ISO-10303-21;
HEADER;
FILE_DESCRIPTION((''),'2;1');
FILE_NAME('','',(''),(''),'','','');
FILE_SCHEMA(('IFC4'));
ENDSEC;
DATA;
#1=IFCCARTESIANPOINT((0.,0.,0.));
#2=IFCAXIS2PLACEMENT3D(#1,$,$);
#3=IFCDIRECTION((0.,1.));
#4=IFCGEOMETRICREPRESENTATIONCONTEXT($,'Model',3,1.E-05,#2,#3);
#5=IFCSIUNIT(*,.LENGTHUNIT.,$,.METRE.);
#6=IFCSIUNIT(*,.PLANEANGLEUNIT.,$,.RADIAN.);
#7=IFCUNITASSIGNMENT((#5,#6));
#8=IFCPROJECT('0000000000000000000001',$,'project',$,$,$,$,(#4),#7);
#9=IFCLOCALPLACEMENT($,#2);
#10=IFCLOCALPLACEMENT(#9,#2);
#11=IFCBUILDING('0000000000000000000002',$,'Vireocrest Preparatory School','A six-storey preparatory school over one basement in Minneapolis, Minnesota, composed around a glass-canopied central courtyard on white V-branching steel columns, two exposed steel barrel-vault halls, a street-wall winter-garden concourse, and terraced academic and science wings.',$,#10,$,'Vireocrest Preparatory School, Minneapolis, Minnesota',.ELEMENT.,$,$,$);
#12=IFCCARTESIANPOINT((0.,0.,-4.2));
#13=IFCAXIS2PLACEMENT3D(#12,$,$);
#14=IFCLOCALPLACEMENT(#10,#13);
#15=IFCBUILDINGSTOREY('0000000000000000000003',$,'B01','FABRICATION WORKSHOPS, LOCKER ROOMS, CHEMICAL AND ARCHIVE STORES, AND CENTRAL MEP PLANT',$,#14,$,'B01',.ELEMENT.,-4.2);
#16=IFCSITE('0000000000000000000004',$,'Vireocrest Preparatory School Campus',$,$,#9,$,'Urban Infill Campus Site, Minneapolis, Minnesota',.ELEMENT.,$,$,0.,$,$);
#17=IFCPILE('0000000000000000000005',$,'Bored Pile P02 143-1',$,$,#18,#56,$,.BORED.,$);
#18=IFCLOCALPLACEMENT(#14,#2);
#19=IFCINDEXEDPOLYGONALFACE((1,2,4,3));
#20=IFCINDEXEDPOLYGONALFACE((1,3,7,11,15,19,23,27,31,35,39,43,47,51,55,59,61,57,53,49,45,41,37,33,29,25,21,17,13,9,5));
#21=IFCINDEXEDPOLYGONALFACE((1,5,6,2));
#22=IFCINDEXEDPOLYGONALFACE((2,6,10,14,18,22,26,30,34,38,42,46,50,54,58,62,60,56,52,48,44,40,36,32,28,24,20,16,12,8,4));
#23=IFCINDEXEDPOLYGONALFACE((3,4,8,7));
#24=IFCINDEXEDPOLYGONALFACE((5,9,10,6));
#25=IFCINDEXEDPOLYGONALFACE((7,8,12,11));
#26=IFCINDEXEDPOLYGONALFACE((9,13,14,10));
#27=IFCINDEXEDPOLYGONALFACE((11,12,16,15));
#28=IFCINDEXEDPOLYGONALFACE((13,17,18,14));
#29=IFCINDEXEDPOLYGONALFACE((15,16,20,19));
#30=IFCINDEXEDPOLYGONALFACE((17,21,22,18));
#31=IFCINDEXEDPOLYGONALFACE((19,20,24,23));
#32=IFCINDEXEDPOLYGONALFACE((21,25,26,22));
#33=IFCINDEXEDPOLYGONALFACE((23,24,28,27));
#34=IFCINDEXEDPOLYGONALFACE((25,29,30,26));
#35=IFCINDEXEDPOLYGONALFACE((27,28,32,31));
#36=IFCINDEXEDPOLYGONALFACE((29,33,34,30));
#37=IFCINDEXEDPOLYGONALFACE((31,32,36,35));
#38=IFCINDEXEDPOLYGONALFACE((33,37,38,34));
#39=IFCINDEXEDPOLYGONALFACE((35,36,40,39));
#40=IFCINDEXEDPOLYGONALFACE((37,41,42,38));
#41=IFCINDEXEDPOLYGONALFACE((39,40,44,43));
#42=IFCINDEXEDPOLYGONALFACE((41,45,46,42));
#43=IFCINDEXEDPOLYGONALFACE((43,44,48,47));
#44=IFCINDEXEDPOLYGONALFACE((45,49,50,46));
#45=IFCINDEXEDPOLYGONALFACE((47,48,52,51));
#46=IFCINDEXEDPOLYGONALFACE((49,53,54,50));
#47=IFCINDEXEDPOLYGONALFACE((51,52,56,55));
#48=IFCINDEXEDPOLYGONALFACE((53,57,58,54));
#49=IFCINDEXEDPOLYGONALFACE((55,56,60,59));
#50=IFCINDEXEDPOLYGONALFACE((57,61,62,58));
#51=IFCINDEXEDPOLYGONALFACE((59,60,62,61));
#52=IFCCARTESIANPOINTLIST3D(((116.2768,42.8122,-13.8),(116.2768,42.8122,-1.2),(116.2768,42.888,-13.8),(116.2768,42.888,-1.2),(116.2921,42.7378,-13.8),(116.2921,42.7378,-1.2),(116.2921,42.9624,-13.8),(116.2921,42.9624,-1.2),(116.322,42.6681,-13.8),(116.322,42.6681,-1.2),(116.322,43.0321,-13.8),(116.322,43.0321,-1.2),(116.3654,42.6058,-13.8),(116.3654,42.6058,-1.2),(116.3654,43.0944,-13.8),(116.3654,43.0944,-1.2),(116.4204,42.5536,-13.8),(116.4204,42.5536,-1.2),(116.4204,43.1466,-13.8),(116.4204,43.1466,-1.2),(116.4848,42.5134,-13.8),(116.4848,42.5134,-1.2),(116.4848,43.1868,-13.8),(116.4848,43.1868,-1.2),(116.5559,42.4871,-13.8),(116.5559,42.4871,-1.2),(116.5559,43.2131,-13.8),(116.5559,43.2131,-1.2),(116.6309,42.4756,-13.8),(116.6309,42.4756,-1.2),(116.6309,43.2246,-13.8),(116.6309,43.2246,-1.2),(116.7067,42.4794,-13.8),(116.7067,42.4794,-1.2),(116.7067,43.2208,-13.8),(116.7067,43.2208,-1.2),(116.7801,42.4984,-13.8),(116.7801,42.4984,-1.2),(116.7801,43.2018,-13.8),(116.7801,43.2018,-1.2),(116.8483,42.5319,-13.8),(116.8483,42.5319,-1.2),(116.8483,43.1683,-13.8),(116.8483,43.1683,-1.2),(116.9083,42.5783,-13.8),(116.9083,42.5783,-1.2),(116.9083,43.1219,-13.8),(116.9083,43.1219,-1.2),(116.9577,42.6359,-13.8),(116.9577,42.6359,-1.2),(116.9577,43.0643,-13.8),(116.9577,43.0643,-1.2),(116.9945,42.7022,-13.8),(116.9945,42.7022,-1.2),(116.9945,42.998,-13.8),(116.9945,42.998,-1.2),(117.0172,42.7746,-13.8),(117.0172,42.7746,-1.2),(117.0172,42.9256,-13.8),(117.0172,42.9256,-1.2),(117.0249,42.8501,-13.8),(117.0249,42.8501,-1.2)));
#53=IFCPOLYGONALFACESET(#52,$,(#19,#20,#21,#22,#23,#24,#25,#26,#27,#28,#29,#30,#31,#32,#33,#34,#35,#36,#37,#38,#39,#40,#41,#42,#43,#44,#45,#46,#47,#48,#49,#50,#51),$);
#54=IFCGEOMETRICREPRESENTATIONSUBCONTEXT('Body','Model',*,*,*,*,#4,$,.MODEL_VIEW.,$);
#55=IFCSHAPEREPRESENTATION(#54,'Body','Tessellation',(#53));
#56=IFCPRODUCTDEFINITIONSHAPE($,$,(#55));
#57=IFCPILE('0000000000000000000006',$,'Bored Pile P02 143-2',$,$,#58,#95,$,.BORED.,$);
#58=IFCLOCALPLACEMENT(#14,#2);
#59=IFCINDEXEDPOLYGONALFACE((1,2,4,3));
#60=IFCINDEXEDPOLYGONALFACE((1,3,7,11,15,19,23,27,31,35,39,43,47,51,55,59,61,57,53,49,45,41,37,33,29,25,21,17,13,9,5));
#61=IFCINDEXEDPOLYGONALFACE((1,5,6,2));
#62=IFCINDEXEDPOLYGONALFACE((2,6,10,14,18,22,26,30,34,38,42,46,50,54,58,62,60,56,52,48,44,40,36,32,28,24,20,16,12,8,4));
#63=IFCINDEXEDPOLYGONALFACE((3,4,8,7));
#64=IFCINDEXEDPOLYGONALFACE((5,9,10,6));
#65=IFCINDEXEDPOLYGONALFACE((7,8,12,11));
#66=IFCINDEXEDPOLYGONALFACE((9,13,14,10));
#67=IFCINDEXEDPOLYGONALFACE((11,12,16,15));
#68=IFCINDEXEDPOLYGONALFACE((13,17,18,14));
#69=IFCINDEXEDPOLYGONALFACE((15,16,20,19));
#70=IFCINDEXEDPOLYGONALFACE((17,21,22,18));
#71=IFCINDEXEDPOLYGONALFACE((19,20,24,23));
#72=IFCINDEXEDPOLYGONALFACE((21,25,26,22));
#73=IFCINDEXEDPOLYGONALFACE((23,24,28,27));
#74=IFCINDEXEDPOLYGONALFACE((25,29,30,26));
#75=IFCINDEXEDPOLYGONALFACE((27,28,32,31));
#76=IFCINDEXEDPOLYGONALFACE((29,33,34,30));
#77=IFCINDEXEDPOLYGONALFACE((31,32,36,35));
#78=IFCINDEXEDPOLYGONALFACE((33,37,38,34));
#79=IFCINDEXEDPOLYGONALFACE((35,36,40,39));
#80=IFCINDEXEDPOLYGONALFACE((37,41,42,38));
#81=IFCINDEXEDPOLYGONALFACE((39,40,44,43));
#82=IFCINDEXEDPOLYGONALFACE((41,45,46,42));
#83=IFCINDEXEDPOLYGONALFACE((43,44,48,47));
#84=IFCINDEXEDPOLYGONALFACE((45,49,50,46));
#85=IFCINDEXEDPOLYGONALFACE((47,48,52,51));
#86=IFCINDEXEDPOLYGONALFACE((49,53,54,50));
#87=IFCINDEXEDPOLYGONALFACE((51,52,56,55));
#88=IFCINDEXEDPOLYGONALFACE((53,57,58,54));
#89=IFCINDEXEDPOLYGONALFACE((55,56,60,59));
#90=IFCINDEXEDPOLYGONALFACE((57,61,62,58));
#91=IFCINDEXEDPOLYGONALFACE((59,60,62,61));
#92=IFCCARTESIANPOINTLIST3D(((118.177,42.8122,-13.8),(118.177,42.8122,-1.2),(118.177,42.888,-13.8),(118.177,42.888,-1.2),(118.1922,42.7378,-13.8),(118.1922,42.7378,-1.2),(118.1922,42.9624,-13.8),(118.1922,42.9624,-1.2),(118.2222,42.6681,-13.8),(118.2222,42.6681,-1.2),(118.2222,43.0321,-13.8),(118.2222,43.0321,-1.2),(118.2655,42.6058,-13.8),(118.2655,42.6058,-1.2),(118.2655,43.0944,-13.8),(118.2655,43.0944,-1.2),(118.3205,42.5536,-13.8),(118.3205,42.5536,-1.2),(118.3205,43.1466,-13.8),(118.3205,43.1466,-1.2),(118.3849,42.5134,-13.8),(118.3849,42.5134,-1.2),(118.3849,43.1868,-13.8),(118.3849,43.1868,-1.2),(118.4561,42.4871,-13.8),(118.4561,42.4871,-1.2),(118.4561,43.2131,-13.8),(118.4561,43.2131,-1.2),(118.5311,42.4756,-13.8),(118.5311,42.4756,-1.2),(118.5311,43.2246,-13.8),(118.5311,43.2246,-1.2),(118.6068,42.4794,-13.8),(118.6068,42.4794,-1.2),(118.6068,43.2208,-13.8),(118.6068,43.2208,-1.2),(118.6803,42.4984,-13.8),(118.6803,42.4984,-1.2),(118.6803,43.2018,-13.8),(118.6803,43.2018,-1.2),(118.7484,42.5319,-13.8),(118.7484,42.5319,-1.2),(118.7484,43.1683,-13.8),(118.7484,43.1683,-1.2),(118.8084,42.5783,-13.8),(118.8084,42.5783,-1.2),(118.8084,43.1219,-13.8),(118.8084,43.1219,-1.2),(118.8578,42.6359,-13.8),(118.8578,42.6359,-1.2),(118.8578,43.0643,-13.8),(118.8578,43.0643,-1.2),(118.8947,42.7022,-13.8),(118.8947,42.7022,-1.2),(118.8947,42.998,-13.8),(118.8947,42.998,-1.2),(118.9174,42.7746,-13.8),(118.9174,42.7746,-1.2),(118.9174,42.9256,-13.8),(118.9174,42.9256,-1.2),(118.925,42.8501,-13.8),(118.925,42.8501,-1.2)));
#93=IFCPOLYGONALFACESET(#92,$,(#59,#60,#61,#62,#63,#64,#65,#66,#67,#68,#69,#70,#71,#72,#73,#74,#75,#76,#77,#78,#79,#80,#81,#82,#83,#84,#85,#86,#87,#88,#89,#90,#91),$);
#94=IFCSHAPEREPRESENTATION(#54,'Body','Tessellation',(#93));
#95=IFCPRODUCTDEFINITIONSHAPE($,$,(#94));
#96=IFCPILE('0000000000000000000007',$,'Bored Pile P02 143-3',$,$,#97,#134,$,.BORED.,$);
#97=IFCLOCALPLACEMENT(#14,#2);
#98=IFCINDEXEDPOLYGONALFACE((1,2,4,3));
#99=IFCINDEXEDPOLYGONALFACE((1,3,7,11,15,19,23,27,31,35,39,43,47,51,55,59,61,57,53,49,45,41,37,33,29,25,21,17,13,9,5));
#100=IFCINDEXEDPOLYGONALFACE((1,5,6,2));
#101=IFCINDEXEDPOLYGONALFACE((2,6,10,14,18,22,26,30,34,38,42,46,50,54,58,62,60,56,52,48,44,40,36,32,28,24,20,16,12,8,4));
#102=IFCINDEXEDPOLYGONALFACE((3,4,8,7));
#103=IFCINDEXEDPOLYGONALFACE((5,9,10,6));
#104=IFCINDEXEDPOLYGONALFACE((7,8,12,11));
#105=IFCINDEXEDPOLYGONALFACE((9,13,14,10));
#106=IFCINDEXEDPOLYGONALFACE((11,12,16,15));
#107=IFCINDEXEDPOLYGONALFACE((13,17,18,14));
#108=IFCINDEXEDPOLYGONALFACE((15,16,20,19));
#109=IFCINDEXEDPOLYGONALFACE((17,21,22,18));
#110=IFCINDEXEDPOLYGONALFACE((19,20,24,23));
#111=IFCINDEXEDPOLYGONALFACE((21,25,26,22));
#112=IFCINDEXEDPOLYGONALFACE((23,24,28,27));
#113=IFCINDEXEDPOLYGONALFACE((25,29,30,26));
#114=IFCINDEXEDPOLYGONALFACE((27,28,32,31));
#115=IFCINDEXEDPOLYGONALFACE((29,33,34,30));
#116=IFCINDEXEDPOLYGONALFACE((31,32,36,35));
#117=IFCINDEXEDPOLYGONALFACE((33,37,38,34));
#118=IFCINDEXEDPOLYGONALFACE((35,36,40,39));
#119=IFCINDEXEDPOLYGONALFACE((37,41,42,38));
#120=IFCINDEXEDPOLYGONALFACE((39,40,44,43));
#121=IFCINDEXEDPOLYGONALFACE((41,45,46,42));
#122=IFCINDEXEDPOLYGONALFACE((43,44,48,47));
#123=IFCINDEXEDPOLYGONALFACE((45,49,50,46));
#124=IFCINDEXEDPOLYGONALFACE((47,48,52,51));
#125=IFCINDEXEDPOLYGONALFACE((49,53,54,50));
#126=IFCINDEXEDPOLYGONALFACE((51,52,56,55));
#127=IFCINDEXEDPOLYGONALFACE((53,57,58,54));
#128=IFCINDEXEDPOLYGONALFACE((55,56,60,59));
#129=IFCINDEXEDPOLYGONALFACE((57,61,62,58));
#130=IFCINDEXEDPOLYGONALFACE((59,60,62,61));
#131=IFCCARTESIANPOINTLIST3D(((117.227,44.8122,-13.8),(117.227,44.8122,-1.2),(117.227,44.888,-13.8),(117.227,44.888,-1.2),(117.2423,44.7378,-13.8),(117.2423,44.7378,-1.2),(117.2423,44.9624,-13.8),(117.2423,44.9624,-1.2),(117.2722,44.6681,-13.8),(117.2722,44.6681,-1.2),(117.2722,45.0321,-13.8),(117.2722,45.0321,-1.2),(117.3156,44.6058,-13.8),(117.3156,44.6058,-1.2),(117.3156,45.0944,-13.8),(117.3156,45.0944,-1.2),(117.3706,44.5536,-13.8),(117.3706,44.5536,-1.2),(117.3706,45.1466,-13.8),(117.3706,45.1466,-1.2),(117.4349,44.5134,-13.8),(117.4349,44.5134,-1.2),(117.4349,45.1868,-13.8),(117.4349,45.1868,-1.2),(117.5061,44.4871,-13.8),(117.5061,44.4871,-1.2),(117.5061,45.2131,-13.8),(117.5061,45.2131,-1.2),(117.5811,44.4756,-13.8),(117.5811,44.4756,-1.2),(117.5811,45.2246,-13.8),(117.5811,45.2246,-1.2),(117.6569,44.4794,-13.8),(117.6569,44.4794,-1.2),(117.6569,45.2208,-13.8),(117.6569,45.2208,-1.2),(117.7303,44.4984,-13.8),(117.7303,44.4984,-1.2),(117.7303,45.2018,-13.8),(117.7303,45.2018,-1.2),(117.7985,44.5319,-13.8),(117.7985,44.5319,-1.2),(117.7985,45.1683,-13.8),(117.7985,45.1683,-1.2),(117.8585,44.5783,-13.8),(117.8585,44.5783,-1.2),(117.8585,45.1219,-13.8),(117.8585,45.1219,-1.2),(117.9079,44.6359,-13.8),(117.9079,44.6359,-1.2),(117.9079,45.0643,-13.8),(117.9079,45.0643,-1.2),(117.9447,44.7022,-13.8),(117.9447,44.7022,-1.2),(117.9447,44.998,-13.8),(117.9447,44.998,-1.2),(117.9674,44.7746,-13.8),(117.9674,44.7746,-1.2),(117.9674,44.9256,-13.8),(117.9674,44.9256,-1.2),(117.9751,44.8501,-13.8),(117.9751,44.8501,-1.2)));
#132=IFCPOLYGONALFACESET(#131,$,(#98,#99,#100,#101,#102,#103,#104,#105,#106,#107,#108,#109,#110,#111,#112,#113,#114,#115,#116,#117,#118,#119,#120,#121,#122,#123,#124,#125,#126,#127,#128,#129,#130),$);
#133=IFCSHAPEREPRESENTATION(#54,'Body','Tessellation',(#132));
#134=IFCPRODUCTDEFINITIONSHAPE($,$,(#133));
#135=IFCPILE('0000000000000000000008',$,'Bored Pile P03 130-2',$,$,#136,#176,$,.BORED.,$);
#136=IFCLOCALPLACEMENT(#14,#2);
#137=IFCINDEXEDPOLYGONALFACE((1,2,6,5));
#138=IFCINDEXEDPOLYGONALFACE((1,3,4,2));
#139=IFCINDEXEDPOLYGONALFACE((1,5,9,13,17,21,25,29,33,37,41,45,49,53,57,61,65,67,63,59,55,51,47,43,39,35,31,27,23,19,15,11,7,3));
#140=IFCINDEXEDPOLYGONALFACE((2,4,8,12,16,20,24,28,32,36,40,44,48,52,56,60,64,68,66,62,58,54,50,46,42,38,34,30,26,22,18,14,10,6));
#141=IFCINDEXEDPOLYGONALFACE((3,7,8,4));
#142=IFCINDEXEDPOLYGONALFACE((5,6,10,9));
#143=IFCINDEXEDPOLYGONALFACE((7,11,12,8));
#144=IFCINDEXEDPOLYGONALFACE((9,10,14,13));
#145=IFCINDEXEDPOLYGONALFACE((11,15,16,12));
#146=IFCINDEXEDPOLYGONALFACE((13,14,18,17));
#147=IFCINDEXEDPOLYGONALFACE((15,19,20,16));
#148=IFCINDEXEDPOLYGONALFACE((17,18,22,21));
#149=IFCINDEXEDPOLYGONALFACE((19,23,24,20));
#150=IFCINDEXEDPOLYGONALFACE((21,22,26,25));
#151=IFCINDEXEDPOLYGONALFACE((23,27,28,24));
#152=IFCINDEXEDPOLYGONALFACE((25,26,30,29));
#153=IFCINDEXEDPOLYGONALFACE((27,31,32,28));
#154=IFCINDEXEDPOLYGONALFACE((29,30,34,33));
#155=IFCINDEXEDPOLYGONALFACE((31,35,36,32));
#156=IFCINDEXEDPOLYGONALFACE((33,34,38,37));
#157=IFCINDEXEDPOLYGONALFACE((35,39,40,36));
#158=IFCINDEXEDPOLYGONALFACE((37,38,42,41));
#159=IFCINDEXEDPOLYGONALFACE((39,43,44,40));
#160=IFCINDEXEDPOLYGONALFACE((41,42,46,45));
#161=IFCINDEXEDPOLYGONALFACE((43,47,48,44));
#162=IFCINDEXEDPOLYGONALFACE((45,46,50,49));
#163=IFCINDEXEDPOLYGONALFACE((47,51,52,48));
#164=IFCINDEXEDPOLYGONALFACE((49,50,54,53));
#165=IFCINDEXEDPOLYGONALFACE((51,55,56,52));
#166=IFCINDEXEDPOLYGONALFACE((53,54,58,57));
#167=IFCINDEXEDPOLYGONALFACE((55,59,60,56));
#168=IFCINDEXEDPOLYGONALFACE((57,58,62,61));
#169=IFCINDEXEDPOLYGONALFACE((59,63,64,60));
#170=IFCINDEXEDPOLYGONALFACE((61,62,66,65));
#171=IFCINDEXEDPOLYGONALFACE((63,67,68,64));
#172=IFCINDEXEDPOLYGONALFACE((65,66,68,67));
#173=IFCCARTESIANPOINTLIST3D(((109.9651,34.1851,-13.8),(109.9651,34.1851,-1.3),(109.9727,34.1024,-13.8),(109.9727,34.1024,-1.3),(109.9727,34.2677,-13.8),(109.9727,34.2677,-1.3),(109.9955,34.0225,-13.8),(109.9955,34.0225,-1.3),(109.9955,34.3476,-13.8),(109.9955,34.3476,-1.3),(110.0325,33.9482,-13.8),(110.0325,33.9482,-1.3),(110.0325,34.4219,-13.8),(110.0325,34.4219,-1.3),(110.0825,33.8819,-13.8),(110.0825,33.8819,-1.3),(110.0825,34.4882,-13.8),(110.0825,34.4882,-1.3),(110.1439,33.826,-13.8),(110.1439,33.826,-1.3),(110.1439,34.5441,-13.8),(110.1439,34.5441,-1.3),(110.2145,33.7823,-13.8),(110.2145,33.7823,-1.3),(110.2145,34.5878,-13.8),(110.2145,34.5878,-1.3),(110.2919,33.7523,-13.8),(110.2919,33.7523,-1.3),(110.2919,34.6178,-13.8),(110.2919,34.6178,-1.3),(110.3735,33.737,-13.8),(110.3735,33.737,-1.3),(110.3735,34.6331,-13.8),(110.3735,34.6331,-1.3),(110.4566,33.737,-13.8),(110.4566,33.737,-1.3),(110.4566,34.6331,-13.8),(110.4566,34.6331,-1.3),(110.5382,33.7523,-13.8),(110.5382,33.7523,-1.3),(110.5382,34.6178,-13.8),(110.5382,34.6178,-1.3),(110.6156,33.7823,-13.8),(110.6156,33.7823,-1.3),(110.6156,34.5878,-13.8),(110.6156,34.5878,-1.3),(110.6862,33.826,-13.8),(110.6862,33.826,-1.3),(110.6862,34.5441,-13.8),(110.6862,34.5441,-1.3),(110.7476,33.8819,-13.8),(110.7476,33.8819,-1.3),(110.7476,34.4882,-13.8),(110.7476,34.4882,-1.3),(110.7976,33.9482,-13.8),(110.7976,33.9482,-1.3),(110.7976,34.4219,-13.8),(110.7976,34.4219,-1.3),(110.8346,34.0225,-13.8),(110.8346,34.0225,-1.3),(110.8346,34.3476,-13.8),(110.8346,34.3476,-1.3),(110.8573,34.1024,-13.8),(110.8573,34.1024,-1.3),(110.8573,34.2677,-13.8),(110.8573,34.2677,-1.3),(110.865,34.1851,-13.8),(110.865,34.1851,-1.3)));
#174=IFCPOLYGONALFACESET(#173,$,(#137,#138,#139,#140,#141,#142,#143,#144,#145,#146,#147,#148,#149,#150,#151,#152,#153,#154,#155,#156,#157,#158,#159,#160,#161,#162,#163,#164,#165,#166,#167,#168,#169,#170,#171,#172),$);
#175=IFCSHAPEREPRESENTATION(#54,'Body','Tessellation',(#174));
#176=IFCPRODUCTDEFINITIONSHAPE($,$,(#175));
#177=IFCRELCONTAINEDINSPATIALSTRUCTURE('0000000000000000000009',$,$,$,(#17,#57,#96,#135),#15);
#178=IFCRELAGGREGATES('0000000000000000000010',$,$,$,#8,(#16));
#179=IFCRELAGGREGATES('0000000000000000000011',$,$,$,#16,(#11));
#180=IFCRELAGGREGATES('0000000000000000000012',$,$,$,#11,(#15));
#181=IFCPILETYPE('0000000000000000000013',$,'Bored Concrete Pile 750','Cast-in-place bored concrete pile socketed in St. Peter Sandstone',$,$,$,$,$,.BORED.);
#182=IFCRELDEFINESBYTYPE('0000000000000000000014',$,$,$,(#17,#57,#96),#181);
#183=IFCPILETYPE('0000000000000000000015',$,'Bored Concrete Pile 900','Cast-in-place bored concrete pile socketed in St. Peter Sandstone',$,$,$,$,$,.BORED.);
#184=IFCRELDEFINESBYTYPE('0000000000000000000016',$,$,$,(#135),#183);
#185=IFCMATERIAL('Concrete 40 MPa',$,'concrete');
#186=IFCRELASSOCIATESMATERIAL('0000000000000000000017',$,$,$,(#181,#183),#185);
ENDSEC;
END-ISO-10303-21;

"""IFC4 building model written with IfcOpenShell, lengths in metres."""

from ifc_helpers import new_model, si_unit, direction, frame, origin, origin_2d, place, context, subcontext, project, spatial, circle, extrude, material, material_profile, profile_set, type_object, element, save


model = new_model("IFC4")

# Units and contexts
model_context = context("Model", 3, precision=1e-05, world=origin(), true_north=direction((0.0, 1.0)))
body_context = subcontext(model_context, "Body", "Model", "MODEL_VIEW")
ifc_project = project(units=[si_unit("LENGTHUNIT", "METRE"), si_unit("PLANEANGLEUNIT", "RADIAN")], contexts=[model_context])

# Site, building, storey
site_placement = place(None, origin())
site = spatial("IfcSite", under=ifc_project, at=site_placement, Name="Vireocrest Preparatory School Campus", LongName="Urban Infill Campus Site, Minneapolis, Minnesota", CompositionType="ELEMENT", RefElevation=0.0)
building_placement = place(site_placement, origin())
building = spatial("IfcBuilding", under=site, at=building_placement, Name="Vireocrest Preparatory School", Description="A six-storey preparatory school over one basement in Minneapolis, Minnesota, composed around a glass-canopied central courtyard on white V-branching steel columns, two exposed steel barrel-vault halls, a street-wall winter-garden concourse, and terraced academic and science wings.", LongName="Vireocrest Preparatory School, Minneapolis, Minnesota", CompositionType="ELEMENT")
storey_placement = place(building_placement, frame((0.0, 0.0, -4.2)))
storey = spatial("IfcBuildingStorey", under=building, at=storey_placement, Name="B01", Description="FABRICATION WORKSHOPS, LOCKER ROOMS, CHEMICAL AND ARCHIVE STORES, AND CENTRAL MEP PLANT", LongName="B01", CompositionType="ELEMENT", Elevation=-4.2)

# Piles
ifc_material_1 = material(Name="Concrete 40 MPa", Category="concrete")
ifc_material_profile_1 = material_profile(ifc_material_1, circle(Radius=0.375, at=origin_2d()), Name="BORED PILE 750")
ifc_profile_set_1 = profile_set([ifc_material_profile_1], Name="Concrete 40 MPa")
pile_type_1 = type_object("IfcPileType", Name="Bored Concrete Pile 750", Description="Cast-in-place bored concrete pile socketed in St. Peter Sandstone", PredefinedType="BORED", material=ifc_profile_set_1)
for number, where, z_axis, x_axis, name in (
    (1, (116.6499, 42.8501, -1.2), (0.0, 0.0, -1.0), (1.0, 0.0, 0.0), "Bored Pile P02 143-1"),
    (2, (118.55, 42.8501, -1.2), (0.0, 0.0, -1.0), (1.0, 0.0, 0.0), "Bored Pile P02 143-2"),
    (3, (117.6001, 44.8501, -1.2), (0.0, 0.0, -1.0), (1.0, 0.0, 0.0), "Bored Pile P02 143-3"),
):
    element("IfcPile", number, at=place(storey_placement, frame(where, z_axis=z_axis, x_axis=x_axis)), inside=storey, type_object=pile_type_1, Name=name, PredefinedType="BORED", context=body_context, shape_type="SweptSolid", body=[
        extrude(circle(Radius=0.375, at=origin_2d()), origin(), (0.0, 0.0, 1.0), 12.6001),
    ])
ifc_material_profile_2 = material_profile(ifc_material_1, circle(Radius=0.45, at=origin_2d()), Name="BORED PILE 900")
ifc_profile_set_2 = profile_set([ifc_material_profile_2], Name="Concrete 40 MPa")
pile_type_2 = type_object("IfcPileType", Name="Bored Concrete Pile 900", Description="Cast-in-place bored concrete pile socketed in St. Peter Sandstone", PredefinedType="BORED", material=ifc_profile_set_2)
for number, where, z_axis, x_axis, name in (
    (4, (110.415, 34.1851, -1.3), (0.0, 0.0, -1.0), (1.0, 0.0, 0.0), "Bored Pile P03 130-2"),
):
    element("IfcPile", number, at=place(storey_placement, frame(where, z_axis=z_axis, x_axis=x_axis)), inside=storey, type_object=pile_type_2, Name=name, PredefinedType="BORED", context=body_context, shape_type="SweptSolid", body=[
        extrude(circle(Radius=0.45, at=origin_2d()), origin(), (0.0, 0.0, 1.0), 12.5),
    ])

save(model, "model.ifc")
